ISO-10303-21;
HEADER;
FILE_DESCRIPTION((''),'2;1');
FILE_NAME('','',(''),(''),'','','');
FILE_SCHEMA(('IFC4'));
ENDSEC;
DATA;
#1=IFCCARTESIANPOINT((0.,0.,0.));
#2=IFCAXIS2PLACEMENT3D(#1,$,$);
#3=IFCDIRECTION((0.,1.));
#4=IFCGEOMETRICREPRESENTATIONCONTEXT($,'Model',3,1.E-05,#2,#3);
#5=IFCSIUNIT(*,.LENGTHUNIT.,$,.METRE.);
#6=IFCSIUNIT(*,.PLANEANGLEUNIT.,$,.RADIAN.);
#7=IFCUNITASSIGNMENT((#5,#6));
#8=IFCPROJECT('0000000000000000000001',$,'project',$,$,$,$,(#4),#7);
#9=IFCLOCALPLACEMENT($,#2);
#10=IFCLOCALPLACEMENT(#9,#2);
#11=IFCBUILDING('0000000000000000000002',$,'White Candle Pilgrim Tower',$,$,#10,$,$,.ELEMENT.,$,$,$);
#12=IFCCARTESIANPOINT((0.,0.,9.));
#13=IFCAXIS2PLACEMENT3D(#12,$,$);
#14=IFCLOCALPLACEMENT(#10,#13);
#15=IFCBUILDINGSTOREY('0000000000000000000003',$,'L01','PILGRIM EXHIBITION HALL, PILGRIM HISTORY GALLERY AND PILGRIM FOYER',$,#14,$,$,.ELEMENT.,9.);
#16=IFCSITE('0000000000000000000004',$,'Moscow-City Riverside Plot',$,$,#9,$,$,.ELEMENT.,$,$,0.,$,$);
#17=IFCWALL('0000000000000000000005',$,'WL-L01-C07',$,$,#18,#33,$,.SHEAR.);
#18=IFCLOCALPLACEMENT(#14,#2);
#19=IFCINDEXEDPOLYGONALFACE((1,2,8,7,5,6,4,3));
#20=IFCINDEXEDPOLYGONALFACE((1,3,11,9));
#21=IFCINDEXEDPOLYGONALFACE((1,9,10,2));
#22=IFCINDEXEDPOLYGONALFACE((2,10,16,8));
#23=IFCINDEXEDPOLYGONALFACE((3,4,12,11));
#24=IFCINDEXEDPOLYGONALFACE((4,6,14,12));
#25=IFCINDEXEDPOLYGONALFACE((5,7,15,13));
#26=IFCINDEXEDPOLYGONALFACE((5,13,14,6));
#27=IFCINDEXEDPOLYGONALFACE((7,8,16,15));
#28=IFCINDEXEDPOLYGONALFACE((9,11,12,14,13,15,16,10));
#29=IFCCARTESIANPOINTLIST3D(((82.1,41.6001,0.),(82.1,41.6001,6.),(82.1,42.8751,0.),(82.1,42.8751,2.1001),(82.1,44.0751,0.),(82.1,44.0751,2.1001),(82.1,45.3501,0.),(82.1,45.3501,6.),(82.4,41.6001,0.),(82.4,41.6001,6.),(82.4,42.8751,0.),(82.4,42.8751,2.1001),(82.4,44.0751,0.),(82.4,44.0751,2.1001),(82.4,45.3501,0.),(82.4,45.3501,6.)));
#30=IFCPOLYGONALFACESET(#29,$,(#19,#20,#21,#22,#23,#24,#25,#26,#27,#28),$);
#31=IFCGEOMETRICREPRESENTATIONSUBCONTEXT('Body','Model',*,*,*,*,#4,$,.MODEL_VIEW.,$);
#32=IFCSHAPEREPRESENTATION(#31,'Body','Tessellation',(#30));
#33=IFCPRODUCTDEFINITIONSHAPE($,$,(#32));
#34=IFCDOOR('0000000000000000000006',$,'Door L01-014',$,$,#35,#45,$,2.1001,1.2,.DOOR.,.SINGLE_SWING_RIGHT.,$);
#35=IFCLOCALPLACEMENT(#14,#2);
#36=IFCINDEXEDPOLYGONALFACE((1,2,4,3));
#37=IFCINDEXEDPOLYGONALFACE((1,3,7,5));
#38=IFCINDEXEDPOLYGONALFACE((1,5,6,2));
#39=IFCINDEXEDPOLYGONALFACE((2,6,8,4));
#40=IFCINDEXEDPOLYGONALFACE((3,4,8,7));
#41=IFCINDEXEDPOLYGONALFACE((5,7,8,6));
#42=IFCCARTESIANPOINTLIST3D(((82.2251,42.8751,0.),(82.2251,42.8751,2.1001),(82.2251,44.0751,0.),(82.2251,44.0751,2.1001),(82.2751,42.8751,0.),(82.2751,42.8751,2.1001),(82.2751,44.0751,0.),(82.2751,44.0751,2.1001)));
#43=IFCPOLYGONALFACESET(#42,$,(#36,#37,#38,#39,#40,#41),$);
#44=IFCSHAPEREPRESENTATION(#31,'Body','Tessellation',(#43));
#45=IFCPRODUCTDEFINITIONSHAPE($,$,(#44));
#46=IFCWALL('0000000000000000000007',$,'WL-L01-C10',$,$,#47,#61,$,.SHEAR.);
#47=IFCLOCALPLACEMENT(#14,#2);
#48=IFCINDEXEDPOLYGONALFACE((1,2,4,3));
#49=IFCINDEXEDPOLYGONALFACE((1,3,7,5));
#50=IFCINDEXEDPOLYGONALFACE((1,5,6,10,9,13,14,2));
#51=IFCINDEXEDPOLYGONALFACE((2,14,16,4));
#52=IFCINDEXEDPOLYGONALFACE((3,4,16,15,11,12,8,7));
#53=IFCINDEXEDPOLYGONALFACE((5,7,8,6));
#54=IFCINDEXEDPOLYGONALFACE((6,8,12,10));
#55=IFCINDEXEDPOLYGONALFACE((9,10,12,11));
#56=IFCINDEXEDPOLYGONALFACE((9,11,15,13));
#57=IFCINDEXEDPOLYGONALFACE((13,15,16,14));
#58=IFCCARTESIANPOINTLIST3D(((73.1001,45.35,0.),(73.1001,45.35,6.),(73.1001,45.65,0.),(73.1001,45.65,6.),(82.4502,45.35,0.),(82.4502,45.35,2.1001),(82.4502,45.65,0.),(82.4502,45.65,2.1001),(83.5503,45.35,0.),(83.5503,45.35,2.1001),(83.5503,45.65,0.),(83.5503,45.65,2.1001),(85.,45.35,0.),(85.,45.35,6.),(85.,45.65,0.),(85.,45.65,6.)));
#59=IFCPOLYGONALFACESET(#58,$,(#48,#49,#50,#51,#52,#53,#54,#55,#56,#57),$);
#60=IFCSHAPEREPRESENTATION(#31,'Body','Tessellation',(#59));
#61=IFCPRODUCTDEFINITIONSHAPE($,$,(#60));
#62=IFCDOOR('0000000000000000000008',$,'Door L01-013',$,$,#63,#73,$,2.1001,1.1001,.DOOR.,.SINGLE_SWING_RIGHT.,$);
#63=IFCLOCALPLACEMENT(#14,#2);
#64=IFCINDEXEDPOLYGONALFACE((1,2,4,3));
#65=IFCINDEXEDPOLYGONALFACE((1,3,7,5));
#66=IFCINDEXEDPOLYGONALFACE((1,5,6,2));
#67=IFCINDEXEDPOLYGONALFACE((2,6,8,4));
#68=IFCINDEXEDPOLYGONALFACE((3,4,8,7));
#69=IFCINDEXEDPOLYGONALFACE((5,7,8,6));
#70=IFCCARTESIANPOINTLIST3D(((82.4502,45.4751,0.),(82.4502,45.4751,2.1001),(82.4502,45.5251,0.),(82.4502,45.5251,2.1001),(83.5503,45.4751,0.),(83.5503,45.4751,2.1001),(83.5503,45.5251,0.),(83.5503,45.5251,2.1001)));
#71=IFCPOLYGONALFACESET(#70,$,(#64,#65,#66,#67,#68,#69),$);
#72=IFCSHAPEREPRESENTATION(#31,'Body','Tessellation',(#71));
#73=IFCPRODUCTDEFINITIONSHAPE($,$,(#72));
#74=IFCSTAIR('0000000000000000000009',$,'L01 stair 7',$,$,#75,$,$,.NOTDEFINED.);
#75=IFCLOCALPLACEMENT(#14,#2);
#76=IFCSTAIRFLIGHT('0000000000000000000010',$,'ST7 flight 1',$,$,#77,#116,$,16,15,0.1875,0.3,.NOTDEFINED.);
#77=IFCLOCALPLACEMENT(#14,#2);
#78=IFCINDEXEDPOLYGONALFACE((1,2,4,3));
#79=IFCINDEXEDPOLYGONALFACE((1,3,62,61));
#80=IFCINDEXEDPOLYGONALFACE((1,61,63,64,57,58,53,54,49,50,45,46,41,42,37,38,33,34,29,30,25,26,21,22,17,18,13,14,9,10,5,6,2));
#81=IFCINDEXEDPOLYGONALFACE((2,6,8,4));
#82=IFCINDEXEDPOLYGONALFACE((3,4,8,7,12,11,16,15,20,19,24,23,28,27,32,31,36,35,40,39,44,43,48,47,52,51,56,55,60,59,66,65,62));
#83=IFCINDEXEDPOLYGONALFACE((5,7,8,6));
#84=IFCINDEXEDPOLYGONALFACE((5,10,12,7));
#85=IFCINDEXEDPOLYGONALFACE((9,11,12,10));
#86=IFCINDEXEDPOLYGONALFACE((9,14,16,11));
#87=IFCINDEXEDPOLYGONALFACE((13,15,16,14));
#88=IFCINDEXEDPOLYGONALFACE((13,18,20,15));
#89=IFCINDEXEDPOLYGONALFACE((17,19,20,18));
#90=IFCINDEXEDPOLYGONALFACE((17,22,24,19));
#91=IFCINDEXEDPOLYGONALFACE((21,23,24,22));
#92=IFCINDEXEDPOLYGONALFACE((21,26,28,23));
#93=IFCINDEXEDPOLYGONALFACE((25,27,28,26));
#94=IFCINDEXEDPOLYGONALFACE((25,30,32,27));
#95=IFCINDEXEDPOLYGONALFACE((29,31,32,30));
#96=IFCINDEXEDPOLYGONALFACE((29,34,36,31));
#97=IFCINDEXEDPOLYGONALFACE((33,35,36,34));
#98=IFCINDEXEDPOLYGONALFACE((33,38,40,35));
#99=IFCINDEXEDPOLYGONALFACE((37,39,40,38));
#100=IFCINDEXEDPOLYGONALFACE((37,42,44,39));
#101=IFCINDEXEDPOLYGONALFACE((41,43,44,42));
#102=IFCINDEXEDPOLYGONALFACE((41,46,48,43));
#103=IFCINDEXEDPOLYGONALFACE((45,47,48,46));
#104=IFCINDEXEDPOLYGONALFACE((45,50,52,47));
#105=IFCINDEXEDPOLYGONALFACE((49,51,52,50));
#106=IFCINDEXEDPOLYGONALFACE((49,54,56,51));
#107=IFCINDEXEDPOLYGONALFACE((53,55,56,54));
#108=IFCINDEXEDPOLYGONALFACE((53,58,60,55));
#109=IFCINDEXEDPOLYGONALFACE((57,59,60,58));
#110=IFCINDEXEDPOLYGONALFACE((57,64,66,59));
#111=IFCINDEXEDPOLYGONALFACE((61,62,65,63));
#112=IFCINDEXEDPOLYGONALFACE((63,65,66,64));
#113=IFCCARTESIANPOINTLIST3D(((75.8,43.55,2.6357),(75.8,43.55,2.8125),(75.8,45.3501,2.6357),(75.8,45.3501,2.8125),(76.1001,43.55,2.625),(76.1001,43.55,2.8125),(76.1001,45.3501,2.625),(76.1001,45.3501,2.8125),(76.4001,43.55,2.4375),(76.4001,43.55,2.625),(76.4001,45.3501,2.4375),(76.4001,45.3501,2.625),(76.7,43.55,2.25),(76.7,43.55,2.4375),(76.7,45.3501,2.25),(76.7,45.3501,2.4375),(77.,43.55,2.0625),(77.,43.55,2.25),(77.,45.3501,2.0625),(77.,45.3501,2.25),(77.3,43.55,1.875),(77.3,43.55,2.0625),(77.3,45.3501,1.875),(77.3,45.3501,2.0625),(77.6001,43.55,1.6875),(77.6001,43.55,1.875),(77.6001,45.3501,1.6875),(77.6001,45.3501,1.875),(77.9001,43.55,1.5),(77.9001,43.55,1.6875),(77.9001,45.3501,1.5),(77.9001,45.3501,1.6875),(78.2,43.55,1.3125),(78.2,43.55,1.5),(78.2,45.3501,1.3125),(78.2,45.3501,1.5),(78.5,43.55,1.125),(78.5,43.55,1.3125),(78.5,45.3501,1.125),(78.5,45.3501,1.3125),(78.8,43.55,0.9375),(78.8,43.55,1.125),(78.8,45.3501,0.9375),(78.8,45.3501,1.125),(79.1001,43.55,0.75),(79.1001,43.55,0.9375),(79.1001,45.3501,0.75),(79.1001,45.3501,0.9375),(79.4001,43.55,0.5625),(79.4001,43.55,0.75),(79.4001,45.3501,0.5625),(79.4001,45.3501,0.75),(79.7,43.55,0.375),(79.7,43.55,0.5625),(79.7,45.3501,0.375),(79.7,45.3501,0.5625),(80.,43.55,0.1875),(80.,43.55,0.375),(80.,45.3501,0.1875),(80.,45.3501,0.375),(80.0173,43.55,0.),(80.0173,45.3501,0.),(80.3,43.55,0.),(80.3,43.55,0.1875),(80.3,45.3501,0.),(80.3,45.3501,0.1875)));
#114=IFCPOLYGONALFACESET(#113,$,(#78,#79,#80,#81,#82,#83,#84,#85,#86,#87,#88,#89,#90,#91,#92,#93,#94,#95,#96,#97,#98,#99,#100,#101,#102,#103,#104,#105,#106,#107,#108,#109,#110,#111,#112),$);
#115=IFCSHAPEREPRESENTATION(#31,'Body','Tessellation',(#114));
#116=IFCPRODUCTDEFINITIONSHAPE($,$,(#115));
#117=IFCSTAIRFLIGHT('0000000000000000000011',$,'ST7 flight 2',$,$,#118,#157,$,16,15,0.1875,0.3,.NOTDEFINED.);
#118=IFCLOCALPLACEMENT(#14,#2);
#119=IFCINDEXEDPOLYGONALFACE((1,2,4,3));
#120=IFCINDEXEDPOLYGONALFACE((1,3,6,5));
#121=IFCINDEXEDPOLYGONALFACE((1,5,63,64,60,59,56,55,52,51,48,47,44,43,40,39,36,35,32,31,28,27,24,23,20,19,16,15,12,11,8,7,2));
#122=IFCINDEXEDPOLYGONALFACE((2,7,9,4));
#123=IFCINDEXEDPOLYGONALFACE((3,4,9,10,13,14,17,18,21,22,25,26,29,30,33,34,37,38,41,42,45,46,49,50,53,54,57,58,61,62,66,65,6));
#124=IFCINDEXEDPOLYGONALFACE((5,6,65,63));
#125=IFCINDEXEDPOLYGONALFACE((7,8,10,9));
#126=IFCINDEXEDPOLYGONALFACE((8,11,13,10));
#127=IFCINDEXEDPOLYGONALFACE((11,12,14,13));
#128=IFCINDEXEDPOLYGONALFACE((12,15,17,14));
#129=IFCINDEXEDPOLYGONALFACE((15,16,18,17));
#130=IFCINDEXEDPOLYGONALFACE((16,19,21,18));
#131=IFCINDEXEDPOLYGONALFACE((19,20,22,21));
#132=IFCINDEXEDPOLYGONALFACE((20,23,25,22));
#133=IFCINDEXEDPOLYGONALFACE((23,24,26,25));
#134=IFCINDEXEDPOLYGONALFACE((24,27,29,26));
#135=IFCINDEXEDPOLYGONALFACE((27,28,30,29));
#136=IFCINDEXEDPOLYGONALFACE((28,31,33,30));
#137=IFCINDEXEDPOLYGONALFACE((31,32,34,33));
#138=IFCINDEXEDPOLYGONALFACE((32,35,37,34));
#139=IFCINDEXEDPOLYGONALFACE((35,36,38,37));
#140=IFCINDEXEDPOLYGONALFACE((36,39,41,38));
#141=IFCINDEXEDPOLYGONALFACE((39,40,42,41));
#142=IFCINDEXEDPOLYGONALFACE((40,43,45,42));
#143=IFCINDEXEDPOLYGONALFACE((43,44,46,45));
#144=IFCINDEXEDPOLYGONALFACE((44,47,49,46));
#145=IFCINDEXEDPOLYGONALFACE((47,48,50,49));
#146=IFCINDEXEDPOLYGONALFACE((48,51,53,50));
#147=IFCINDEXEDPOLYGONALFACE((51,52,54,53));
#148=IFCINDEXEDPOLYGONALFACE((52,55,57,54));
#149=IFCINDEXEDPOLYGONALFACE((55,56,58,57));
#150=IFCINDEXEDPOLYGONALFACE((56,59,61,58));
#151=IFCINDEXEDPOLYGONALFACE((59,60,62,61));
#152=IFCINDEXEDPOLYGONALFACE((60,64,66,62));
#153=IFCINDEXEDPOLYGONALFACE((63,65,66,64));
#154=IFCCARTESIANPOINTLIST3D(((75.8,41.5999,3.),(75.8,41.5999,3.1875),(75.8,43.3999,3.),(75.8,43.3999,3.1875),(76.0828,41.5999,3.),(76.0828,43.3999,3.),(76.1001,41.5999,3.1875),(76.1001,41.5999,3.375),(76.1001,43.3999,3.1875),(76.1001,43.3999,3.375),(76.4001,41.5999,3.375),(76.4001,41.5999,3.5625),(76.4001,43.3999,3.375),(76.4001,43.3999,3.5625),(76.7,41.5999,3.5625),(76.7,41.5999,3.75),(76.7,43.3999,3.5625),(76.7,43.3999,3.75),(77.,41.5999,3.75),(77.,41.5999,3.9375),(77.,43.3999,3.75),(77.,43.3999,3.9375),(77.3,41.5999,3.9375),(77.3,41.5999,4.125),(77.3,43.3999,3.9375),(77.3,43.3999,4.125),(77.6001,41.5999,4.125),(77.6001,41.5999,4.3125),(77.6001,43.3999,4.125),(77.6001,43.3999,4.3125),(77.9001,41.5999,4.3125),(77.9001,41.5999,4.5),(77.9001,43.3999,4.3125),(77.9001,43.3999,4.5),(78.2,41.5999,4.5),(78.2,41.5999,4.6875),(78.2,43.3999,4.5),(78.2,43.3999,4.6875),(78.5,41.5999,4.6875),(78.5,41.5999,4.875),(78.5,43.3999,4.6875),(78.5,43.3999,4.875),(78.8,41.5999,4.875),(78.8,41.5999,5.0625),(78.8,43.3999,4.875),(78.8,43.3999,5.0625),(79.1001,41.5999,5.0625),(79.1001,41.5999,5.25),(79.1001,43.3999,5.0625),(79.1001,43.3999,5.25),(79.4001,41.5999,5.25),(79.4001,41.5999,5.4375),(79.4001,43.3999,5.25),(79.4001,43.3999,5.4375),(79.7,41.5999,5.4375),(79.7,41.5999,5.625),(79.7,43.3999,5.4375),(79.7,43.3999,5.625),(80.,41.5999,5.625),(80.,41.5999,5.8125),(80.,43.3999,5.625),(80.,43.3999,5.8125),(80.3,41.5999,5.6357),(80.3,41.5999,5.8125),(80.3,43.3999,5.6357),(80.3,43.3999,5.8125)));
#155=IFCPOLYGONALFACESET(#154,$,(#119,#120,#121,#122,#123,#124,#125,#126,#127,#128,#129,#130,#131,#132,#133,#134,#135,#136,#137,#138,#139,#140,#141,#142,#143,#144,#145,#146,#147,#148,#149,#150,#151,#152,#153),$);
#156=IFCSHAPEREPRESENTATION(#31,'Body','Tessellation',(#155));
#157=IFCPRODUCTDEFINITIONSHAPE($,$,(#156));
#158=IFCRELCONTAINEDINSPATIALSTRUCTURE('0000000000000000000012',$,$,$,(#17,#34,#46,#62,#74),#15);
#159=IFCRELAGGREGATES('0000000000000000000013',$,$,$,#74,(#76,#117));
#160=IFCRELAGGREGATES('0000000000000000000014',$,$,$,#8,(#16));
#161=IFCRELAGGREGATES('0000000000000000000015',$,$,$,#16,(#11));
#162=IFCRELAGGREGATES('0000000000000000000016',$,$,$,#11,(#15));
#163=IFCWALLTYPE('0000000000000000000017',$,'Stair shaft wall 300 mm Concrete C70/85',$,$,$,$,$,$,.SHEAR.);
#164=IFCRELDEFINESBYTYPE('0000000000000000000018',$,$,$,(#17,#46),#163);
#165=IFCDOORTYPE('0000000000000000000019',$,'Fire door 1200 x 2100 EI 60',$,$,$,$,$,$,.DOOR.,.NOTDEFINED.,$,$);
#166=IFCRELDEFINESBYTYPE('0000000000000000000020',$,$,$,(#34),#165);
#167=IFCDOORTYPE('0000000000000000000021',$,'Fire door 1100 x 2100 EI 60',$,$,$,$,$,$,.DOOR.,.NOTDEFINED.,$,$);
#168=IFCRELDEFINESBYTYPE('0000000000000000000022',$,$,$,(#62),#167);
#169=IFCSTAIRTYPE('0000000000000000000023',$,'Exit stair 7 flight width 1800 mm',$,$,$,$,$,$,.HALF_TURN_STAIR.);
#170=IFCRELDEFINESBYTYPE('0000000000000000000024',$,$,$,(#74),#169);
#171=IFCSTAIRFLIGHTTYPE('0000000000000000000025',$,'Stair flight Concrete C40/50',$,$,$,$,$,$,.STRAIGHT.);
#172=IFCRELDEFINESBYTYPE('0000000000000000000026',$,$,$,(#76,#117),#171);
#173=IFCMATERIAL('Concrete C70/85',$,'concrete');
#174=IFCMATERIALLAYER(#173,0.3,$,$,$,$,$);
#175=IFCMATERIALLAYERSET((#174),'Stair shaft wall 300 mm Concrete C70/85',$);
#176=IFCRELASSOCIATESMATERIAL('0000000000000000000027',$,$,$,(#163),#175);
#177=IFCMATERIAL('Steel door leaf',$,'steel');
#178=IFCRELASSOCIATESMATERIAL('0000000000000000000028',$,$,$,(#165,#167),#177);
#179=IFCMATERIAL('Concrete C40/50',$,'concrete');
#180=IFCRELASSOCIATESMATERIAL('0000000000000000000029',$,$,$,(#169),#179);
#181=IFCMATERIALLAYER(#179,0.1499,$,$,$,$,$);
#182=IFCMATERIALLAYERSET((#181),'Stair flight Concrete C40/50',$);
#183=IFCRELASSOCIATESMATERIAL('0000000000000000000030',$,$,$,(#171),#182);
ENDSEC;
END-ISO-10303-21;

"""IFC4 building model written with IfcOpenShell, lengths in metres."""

from ifc_helpers import new_model, si_unit, direction, frame, frame_2d, origin, place, context, subcontext, project, spatial, polyline, rectangle, outline, extrude, material, layer, layer_set, type_object, element, fill, aggregate, save


model = new_model("IFC4")

# Units and contexts
model_context = context("Model", 3, precision=1e-05, world=origin(), true_north=direction((0.0, 1.0)))
body_context = subcontext(model_context, "Body", "Model", "MODEL_VIEW")
ifc_project = project(units=[si_unit("LENGTHUNIT", "METRE"), si_unit("PLANEANGLEUNIT", "RADIAN")], contexts=[model_context])

# Site, building, storey
site_placement = place(None, origin())
site = spatial("IfcSite", under=ifc_project, at=site_placement, Name="Moscow-City Riverside Plot", CompositionType="ELEMENT", RefElevation=0.0)
building_placement = place(site_placement, origin())
building = spatial("IfcBuilding", under=site, at=building_placement, Name="White Candle Pilgrim Tower", CompositionType="ELEMENT")
storey_placement = place(building_placement, frame((0.0, 0.0, 9.0)))
storey = spatial("IfcBuildingStorey", under=building, at=storey_placement, Name="L01", Description="PILGRIM EXHIBITION HALL, PILGRIM HISTORY GALLERY AND PILGRIM FOYER", CompositionType="ELEMENT", Elevation=9.0)

# Shared definitions
ifc_material_1 = material(Name="Concrete C70/85", Category="concrete")
ifc_layer_1 = layer(ifc_material_1, 0.3)
ifc_layer_set_1 = layer_set([ifc_layer_1], Name="Stair shaft wall 300 mm Concrete C70/85")
wall_type_1 = type_object("IfcWallType", Name="Stair shaft wall 300 mm Concrete C70/85", PredefinedType="SHEAR", material=ifc_layer_set_1)

# Walls, openings, doors
wall_1_placement = place(storey_placement, frame((82.25, 41.6001, 0.0), z_axis=(0.0, 0.0, 1.0), x_axis=(0.0, 1.0, 0.0)))
wall_1 = element("IfcWall", 1, at=wall_1_placement, inside=storey, type_object=wall_type_1, Name="WL-L01-C07", PredefinedType="SHEAR", context=body_context, shape_type="SweptSolid", body=[
    extrude(rectangle(XDim=3.75, YDim=0.3, at=frame_2d((1.875, 0.0))), origin(), (0.0, 0.0, 1.0), 6.0),
])
opening_1_placement = place(wall_1_placement, frame((1.2749, 0.0, 0.0)))
opening_1 = element("IfcOpeningElement", 2, at=opening_1_placement, cuts=wall_1, PredefinedType="OPENING", context=body_context, shape_type="SweptSolid", body=[
    extrude(rectangle(XDim=1.2, YDim=2.1001, at=frame_2d((0.6001, 1.05))), frame((0.0, 0.1599, 0.0), z_axis=(0.0, -1.0, 0.0), x_axis=(1.0, 0.0, 0.0)), (0.0, 0.0, 1.0), 0.3201),
])
ifc_material_2 = material(Name="Steel door leaf", Category="steel")
door_type_1 = type_object("IfcDoorType", Name="Fire door 1200 x 2100 EI 60", OperationType="NOTDEFINED", PredefinedType="DOOR", material=ifc_material_2)
door_1_placement = place(opening_1_placement, origin())
door_1 = element("IfcDoor", 3, at=door_1_placement, inside=storey, type_object=door_type_1, Name="Door L01-014", OperationType="SINGLE_SWING_RIGHT", OverallHeight=2.1001, OverallWidth=1.2, PredefinedType="DOOR", context=body_context, shape_type="SweptSolid", body=[
    extrude(rectangle(XDim=1.2, YDim=2.1001, at=frame_2d((0.6001, 1.05))), frame((0.0, 0.0249, 0.0), z_axis=(0.0, -1.0, 0.0), x_axis=(1.0, 0.0, 0.0)), (0.0, 0.0, 1.0), 0.05),
])
fill(opening_1, door_1)
wall_2_placement = place(storey_placement, frame((73.1001, 45.5, 0.0), z_axis=(0.0, 0.0, 1.0), x_axis=(1.0, 0.0, 0.0)))
wall_2 = element("IfcWall", 4, at=wall_2_placement, inside=storey, type_object=wall_type_1, Name="WL-L01-C10", PredefinedType="SHEAR", context=body_context, shape_type="SweptSolid", body=[
    extrude(rectangle(XDim=11.8999, YDim=0.3, at=frame_2d((5.95, 0.0))), origin(), (0.0, 0.0, 1.0), 6.0),
])
opening_2_placement = place(wall_2_placement, frame((9.3501, 0.0, 0.0)))
opening_2 = element("IfcOpeningElement", 5, at=opening_2_placement, cuts=wall_2, PredefinedType="OPENING", context=body_context, shape_type="SweptSolid", body=[
    extrude(rectangle(XDim=1.1001, YDim=2.1001, at=frame_2d((0.55, 1.05))), frame((0.0, 0.1599, 0.0), z_axis=(0.0, -1.0, 0.0), x_axis=(1.0, 0.0, 0.0)), (0.0, 0.0, 1.0), 0.3201),
])
door_type_2 = type_object("IfcDoorType", Name="Fire door 1100 x 2100 EI 60", OperationType="NOTDEFINED", PredefinedType="DOOR", material=ifc_material_2)
door_2_placement = place(opening_2_placement, frame((1.1001, 0.0, 0.0), z_axis=(0.0, 0.0, 1.0), x_axis=(-1.0, 0.0, 0.0)))
door_2 = element("IfcDoor", 6, at=door_2_placement, inside=storey, type_object=door_type_2, Name="Door L01-013", OperationType="SINGLE_SWING_RIGHT", OverallHeight=2.1001, OverallWidth=1.1001, PredefinedType="DOOR", context=body_context, shape_type="SweptSolid", body=[
    extrude(rectangle(XDim=1.1001, YDim=2.1001, at=frame_2d((0.55, 1.05))), frame((0.0, 0.0249, 0.0), z_axis=(0.0, -1.0, 0.0), x_axis=(1.0, 0.0, 0.0)), (0.0, 0.0, 1.0), 0.05),
])
fill(opening_2, door_2)

# Stair, stair flights
ifc_material_3 = material(Name="Concrete C40/50", Category="concrete")
stair_type = type_object("IfcStairType", Name="Exit stair 7 flight width 1800 mm", PredefinedType="HALF_TURN_STAIR", material=ifc_material_3)
stair_placement = place(storey_placement, origin())
stair = element("IfcStair", 7, at=stair_placement, inside=storey, type_object=stair_type, Name="L01 stair 7", PredefinedType="NOTDEFINED")
ifc_layer_2 = layer(ifc_material_3, 0.1499)
ifc_layer_set_2 = layer_set([ifc_layer_2], Name="Stair flight Concrete C40/50")
stair_flight_type = type_object("IfcStairFlightType", Name="Stair flight Concrete C40/50", PredefinedType="STRAIGHT", material=ifc_layer_set_2)
stair_flight_1_placement = place(storey_placement, frame((80.3, 44.45, 0.0), z_axis=(0.0, 0.0, 1.0), x_axis=(-1.0, 0.0, 0.0)))
stair_flight_1 = element("IfcStairFlight", 8, at=stair_flight_1_placement, type_object=stair_flight_type, Name="ST7 flight 1", NumberOfRisers=16, NumberOfTreads=15, PredefinedType="NOTDEFINED", RiserHeight=0.1875, TreadLength=0.3, context=body_context, shape_type="SweptSolid", body=[
    extrude(outline(polyline([(0.0, 0.0), (0.0, 0.1875), (0.3, 0.1875), (0.3, 0.375), (0.6001, 0.375), (0.6001, 0.5625), (0.8999, 0.5625), (0.8999, 0.75), (1.2, 0.75), (1.2, 0.9375), (1.5, 0.9375), (1.5, 1.125), (1.8, 1.125), (1.8, 1.3125), (2.1001, 1.3125), (2.1001, 1.5), (2.3999, 1.5), (2.3999, 1.6875), (2.7, 1.6875), (2.7, 1.875), (3.0, 1.875), (3.0, 2.0625), (3.3, 2.0625), (3.3, 2.25), (3.6001, 2.25), (3.6001, 2.4375), (3.8999, 2.4375), (3.8999, 2.625), (4.2, 2.625), (4.2, 2.8125), (4.5, 2.8125), (4.5, 3.0), (4.5, 2.6357), (0.2827, 0.0), (0.0, 0.0)])), frame((0.0, 0.8999, 0.0), z_axis=(0.0, -1.0, 0.0), x_axis=(1.0, 0.0, 0.0)), (0.0, 0.0, 1.0), 1.8),
])
stair_flight_2_placement = place(storey_placement, frame((75.8, 42.5, 3.0), z_axis=(0.0, 0.0, 1.0), x_axis=(1.0, 0.0, 0.0)))
stair_flight_2 = element("IfcStairFlight", 9, at=stair_flight_2_placement, type_object=stair_flight_type, Name="ST7 flight 2", NumberOfRisers=16, NumberOfTreads=15, PredefinedType="NOTDEFINED", RiserHeight=0.1875, TreadLength=0.3, context=body_context, shape_type="SweptSolid", body=[
    extrude(outline(polyline([(0.0, 0.0), (0.0, 0.1875), (0.3, 0.1875), (0.3, 0.375), (0.6001, 0.375), (0.6001, 0.5625), (0.8999, 0.5625), (0.8999, 0.75), (1.2, 0.75), (1.2, 0.9375), (1.5, 0.9375), (1.5, 1.125), (1.8, 1.125), (1.8, 1.3125), (2.1001, 1.3125), (2.1001, 1.5), (2.3999, 1.5), (2.3999, 1.6875), (2.7, 1.6875), (2.7, 1.875), (3.0, 1.875), (3.0, 2.0625), (3.3, 2.0625), (3.3, 2.25), (3.6001, 2.25), (3.6001, 2.4375), (3.8999, 2.4375), (3.8999, 2.625), (4.2, 2.625), (4.2, 2.8125), (4.5, 2.8125), (4.5, 3.0), (4.5, 2.6357), (0.2827, 0.0), (0.0, 0.0)])), frame((0.0, 0.8999, 0.0), z_axis=(0.0, -1.0, 0.0), x_axis=(1.0, 0.0, 0.0)), (0.0, 0.0, 1.0), 1.8),
])
aggregate(stair, [stair_flight_1, stair_flight_2])

save(model, "model.ifc")
